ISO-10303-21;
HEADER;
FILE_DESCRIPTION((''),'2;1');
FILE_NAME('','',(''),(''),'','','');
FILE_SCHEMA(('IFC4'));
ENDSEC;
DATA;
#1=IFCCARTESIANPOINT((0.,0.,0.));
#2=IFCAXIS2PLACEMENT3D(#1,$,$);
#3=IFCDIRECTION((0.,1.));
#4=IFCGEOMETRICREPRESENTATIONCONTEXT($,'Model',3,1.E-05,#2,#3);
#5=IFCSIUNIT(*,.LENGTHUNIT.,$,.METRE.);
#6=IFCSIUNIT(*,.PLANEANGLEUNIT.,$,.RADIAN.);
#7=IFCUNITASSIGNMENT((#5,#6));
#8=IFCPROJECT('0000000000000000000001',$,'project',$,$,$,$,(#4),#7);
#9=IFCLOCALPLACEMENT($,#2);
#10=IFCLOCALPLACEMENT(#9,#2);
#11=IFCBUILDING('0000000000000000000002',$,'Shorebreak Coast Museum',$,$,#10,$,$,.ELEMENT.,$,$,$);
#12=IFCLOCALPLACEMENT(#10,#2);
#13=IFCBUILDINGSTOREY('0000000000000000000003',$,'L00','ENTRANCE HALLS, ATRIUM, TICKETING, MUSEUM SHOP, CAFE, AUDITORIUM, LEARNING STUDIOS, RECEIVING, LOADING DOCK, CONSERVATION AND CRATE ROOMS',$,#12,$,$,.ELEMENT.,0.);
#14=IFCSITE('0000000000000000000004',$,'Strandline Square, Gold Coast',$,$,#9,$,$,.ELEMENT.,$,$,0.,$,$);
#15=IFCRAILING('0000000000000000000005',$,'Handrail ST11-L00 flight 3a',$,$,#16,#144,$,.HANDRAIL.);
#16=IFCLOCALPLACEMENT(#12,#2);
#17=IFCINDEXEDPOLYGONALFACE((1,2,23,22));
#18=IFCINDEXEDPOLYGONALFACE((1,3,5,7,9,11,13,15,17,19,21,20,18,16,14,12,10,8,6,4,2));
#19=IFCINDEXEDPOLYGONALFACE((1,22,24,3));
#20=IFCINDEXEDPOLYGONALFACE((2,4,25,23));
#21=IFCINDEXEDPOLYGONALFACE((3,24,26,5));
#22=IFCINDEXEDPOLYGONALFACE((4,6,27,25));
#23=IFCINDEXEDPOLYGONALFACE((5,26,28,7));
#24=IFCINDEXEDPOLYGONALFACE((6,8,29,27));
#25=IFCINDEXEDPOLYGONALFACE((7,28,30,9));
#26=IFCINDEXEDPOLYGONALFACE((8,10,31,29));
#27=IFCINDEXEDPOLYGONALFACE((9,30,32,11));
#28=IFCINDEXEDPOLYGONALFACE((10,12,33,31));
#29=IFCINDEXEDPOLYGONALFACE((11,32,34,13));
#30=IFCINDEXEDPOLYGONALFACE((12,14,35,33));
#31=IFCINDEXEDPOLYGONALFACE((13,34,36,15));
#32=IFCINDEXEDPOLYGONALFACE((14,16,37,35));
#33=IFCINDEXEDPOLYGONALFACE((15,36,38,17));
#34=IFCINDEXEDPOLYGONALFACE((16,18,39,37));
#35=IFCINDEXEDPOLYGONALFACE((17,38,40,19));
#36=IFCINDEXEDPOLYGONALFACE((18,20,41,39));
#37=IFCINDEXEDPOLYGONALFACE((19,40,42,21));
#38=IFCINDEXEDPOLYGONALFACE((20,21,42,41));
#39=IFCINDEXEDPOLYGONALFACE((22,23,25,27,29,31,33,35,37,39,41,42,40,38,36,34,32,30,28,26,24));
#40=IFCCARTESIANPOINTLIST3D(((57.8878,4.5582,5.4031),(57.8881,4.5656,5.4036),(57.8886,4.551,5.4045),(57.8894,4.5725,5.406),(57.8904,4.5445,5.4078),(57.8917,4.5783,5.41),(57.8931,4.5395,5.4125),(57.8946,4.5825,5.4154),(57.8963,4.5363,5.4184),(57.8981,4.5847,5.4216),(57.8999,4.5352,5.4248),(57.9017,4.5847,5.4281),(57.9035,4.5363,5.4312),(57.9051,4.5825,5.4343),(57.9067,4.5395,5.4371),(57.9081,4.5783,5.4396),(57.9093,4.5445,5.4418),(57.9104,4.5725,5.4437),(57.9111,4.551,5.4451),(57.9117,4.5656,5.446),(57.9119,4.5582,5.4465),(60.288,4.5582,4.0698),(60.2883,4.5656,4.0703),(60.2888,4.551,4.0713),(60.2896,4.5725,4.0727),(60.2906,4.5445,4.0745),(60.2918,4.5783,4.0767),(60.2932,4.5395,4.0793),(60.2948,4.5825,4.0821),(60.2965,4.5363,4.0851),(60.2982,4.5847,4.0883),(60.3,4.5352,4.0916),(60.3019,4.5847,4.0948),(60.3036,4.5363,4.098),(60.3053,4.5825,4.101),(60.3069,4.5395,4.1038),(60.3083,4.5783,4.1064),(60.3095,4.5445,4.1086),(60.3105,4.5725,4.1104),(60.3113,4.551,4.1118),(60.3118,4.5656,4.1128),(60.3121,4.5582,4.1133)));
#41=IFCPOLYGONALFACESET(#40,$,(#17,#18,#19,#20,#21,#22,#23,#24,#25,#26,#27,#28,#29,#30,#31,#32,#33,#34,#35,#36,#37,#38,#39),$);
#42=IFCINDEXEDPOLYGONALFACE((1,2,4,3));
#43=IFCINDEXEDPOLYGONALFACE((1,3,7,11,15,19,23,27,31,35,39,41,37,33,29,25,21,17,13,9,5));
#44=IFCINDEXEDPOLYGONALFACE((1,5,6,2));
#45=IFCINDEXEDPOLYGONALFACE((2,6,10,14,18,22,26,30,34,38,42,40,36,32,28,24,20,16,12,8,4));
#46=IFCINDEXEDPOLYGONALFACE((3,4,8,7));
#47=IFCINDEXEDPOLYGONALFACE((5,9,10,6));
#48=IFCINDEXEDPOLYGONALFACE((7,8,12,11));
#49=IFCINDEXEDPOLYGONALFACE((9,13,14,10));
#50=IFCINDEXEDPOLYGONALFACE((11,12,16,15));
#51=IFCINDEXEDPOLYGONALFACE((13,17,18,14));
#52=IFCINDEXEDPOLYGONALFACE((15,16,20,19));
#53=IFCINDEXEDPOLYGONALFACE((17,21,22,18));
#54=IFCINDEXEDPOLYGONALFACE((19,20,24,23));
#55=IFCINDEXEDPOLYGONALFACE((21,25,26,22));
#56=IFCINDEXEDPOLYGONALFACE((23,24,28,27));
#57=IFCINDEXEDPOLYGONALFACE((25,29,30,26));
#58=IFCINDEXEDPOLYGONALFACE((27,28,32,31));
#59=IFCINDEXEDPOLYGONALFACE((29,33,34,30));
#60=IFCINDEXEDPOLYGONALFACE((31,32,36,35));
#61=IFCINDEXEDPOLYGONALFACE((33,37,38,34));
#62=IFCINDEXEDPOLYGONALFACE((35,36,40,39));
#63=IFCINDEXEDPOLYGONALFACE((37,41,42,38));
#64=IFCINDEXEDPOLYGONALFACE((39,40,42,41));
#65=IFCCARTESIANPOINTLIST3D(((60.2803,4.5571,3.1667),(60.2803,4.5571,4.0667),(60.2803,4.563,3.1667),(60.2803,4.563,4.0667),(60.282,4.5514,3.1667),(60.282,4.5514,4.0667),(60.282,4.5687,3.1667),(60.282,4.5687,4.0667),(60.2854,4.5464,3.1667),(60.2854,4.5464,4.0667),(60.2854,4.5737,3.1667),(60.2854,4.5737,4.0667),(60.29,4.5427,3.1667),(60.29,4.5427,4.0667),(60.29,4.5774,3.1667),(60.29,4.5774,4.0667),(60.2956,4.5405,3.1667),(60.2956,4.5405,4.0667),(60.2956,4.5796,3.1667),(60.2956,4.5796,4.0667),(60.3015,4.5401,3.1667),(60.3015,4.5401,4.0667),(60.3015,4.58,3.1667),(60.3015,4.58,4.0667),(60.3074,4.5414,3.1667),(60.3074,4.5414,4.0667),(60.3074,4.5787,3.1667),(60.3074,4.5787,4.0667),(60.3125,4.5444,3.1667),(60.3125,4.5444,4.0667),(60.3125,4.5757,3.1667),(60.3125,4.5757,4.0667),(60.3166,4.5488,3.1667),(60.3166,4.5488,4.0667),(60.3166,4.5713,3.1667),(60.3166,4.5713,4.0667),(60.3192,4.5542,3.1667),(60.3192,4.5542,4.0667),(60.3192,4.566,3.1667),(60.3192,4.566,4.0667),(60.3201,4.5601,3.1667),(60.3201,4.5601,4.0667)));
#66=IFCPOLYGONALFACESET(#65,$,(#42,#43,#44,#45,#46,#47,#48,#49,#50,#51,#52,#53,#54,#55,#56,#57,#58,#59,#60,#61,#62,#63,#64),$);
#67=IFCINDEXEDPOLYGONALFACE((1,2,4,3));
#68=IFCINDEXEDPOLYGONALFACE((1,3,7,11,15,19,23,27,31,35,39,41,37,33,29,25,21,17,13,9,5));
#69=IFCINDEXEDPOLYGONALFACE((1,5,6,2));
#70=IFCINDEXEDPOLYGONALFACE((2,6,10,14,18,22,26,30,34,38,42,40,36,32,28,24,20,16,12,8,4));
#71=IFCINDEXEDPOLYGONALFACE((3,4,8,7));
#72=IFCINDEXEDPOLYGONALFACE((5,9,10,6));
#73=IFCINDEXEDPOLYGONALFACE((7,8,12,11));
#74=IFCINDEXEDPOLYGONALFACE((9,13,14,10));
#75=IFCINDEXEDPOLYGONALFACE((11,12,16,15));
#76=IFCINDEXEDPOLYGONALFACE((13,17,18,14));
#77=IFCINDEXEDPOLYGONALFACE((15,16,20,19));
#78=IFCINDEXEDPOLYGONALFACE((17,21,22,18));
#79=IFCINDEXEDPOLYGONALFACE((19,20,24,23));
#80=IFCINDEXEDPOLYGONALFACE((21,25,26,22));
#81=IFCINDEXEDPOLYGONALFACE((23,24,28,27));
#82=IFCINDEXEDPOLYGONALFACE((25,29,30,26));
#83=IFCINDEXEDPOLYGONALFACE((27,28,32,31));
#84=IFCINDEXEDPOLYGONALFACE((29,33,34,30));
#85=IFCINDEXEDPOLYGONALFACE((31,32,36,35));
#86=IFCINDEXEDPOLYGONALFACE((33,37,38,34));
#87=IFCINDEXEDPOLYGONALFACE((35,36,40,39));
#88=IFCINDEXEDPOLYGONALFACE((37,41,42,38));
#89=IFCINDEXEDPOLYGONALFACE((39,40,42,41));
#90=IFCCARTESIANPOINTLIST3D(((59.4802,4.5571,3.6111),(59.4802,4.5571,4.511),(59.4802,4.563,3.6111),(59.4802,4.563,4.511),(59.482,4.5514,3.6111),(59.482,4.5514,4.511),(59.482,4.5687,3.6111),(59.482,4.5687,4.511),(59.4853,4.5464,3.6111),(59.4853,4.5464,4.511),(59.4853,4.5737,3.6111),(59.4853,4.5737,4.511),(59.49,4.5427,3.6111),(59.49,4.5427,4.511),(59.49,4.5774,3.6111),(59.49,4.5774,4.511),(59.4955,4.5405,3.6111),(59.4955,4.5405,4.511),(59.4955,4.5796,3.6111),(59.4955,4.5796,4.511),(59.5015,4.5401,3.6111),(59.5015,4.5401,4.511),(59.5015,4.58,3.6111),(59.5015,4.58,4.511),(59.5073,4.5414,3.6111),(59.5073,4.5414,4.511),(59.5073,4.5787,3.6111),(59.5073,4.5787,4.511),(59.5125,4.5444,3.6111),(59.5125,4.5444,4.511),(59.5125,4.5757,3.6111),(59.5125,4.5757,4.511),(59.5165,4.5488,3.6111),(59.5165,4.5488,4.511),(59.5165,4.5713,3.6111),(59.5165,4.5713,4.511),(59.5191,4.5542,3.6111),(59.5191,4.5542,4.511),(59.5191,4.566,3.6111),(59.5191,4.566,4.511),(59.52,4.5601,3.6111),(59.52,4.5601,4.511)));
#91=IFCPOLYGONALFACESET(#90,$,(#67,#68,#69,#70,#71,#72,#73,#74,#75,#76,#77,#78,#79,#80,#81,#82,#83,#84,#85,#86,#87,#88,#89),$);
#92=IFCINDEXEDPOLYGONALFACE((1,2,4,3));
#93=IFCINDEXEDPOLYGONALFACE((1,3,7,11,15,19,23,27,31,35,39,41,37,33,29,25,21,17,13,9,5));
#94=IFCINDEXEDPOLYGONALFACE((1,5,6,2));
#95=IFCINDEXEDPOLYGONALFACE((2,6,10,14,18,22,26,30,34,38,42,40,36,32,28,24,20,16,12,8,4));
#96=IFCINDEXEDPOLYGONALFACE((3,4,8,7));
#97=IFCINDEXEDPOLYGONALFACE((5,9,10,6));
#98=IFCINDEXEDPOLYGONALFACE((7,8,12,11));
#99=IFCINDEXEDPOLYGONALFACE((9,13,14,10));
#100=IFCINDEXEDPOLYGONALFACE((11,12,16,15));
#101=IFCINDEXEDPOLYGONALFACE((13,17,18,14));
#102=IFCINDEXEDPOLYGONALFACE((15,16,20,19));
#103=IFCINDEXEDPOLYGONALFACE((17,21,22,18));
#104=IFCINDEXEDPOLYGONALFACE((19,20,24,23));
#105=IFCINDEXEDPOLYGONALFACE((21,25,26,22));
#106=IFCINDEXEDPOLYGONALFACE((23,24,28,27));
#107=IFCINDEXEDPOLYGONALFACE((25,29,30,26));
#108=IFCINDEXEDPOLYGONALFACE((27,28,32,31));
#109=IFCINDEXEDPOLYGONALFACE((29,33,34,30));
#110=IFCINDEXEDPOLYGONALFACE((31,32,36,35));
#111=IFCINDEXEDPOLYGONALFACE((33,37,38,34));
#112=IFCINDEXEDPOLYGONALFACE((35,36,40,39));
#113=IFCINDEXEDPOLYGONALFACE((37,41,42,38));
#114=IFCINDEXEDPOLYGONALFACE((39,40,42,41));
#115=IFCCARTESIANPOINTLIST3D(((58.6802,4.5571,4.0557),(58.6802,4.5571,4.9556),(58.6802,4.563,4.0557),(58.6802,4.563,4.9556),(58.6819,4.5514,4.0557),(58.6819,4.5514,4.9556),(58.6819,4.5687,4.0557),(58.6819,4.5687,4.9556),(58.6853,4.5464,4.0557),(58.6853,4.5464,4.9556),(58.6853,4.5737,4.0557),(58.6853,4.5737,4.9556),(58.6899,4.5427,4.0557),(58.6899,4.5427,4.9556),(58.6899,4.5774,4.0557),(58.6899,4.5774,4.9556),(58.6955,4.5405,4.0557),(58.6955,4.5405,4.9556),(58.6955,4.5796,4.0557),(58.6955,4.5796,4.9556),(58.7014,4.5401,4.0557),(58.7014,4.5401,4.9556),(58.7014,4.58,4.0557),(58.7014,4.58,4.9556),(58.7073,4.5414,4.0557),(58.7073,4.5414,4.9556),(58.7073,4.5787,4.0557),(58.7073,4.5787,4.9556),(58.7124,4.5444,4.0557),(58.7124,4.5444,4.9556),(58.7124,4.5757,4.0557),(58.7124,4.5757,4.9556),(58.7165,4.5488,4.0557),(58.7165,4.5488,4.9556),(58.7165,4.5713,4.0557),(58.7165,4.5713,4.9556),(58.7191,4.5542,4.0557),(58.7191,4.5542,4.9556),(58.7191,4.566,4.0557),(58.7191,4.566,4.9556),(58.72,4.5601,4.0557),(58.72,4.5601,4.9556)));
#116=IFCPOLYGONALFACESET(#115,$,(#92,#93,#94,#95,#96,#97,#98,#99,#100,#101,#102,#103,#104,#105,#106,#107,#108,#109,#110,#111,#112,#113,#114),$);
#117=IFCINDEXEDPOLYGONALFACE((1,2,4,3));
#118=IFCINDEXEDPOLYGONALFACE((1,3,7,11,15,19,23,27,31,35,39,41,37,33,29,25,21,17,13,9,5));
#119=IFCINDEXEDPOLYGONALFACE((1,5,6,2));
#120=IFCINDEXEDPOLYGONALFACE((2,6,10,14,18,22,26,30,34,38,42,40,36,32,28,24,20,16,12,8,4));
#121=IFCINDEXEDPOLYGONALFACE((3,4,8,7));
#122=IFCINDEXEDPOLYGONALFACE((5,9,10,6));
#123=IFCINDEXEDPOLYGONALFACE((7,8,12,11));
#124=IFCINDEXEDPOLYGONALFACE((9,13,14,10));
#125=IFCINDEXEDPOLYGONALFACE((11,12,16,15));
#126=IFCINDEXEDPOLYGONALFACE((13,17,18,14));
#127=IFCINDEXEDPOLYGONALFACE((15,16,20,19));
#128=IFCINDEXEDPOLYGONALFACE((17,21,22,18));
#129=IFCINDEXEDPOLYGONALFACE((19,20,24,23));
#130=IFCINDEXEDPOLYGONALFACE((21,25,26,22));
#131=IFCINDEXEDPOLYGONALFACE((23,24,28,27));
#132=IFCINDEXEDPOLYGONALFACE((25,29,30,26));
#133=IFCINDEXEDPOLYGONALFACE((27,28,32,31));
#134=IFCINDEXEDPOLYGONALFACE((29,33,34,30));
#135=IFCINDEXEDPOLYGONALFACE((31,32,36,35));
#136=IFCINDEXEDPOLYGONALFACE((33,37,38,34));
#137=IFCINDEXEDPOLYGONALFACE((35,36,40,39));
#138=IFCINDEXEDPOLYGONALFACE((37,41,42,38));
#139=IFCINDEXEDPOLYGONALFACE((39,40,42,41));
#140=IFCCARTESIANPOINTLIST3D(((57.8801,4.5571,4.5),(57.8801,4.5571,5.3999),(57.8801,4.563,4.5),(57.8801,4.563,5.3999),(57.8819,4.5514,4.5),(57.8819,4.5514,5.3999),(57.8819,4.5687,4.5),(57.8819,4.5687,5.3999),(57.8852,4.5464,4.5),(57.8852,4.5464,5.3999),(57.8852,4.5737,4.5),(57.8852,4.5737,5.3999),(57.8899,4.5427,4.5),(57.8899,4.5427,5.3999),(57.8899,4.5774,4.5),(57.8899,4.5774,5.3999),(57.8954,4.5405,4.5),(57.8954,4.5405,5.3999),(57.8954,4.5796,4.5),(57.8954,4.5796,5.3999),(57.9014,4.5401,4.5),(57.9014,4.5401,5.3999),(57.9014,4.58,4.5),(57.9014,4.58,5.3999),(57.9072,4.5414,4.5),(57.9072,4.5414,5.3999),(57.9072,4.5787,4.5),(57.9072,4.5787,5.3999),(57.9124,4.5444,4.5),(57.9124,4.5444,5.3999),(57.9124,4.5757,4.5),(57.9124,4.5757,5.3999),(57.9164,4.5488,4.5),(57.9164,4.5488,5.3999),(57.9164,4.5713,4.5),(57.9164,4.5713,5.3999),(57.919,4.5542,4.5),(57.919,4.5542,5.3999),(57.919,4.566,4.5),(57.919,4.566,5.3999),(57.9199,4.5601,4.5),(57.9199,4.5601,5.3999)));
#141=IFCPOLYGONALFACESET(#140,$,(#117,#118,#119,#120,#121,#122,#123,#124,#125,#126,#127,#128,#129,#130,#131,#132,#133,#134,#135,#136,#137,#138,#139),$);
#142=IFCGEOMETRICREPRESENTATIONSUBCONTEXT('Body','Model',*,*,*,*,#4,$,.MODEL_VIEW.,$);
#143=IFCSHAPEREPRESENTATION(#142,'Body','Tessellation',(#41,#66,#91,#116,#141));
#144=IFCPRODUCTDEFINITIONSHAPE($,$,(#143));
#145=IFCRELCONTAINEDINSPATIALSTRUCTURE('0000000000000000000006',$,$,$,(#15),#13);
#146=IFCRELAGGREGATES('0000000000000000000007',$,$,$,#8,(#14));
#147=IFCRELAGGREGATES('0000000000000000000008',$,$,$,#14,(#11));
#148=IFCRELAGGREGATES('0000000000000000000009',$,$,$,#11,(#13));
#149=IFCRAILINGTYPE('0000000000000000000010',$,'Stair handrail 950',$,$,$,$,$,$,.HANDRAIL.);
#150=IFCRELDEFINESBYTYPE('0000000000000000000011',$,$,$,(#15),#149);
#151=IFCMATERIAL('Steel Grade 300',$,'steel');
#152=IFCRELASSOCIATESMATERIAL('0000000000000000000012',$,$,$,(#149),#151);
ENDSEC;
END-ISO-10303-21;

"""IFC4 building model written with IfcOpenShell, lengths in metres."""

from ifc_helpers import new_model, si_unit, direction, frame, origin, origin_2d, place, context, subcontext, project, spatial, circle, extrude, material, type_object, element, save


model = new_model("IFC4")

# Units and contexts
model_context = context("Model", 3, precision=1e-05, world=origin(), true_north=direction((0.0, 1.0)))
body_context = subcontext(model_context, "Body", "Model", "MODEL_VIEW")
ifc_project = project(units=[si_unit("LENGTHUNIT", "METRE"), si_unit("PLANEANGLEUNIT", "RADIAN")], contexts=[model_context])

# Site, building, storey
site_placement = place(None, origin())
site = spatial("IfcSite", under=ifc_project, at=site_placement, Name="Strandline Square, Gold Coast", CompositionType="ELEMENT", RefElevation=0.0)
building_placement = place(site_placement, origin())
building = spatial("IfcBuilding", under=site, at=building_placement, Name="Shorebreak Coast Museum", CompositionType="ELEMENT")
storey_placement = place(building_placement, origin())
storey = spatial("IfcBuildingStorey", under=building, at=storey_placement, Name="L00", Description="ENTRANCE HALLS, ATRIUM, TICKETING, MUSEUM SHOP, CAFE, AUDITORIUM, LEARNING STUDIOS, RECEIVING, LOADING DOCK, CONSERVATION AND CRATE ROOMS", CompositionType="ELEMENT", Elevation=0.0)

# Railing
ifc_material_1 = material(Name="Steel Grade 300", Category="steel")
railing_type_1 = type_object("IfcRailingType", Name="Stair handrail 950", PredefinedType="HANDRAIL", material=ifc_material_1)
for number, where, name in (
    (1, (60.3, 4.5601, 3.1667), "Handrail ST11-L00 flight 3a"),
):
    element("IfcRailing", number, at=place(storey_placement, frame(where)), inside=storey, type_object=railing_type_1, Name=name, PredefinedType="HANDRAIL", context=body_context, shape_type="SweptSolid", body=[
        extrude(circle(Radius=0.0249, at=origin_2d()), frame((0.0, 0.0, 0.9248), z_axis=(-0.874182, 0.0, 0.485598), x_axis=(0.0, -1.0, 0.0)), (0.0, 0.0, 1.0), 2.7456),
        extrude(circle(Radius=0.02, at=origin_2d()), origin(), (0.0, 0.0, 1.0), 0.8999),
        extrude(circle(Radius=0.02, at=origin_2d()), frame((-0.8, 0.0, 0.4443)), (0.0, 0.0, 1.0), 0.8999),
        extrude(circle(Radius=0.02, at=origin_2d()), frame((-1.6001, 0.0, 0.8889)), (0.0, 0.0, 1.0), 0.8999),
        extrude(circle(Radius=0.02, at=origin_2d()), frame((-2.4001, 0.0, 1.3333)), (0.0, 0.0, 1.0), 0.8999),
    ])

save(model, "model.ifc")
